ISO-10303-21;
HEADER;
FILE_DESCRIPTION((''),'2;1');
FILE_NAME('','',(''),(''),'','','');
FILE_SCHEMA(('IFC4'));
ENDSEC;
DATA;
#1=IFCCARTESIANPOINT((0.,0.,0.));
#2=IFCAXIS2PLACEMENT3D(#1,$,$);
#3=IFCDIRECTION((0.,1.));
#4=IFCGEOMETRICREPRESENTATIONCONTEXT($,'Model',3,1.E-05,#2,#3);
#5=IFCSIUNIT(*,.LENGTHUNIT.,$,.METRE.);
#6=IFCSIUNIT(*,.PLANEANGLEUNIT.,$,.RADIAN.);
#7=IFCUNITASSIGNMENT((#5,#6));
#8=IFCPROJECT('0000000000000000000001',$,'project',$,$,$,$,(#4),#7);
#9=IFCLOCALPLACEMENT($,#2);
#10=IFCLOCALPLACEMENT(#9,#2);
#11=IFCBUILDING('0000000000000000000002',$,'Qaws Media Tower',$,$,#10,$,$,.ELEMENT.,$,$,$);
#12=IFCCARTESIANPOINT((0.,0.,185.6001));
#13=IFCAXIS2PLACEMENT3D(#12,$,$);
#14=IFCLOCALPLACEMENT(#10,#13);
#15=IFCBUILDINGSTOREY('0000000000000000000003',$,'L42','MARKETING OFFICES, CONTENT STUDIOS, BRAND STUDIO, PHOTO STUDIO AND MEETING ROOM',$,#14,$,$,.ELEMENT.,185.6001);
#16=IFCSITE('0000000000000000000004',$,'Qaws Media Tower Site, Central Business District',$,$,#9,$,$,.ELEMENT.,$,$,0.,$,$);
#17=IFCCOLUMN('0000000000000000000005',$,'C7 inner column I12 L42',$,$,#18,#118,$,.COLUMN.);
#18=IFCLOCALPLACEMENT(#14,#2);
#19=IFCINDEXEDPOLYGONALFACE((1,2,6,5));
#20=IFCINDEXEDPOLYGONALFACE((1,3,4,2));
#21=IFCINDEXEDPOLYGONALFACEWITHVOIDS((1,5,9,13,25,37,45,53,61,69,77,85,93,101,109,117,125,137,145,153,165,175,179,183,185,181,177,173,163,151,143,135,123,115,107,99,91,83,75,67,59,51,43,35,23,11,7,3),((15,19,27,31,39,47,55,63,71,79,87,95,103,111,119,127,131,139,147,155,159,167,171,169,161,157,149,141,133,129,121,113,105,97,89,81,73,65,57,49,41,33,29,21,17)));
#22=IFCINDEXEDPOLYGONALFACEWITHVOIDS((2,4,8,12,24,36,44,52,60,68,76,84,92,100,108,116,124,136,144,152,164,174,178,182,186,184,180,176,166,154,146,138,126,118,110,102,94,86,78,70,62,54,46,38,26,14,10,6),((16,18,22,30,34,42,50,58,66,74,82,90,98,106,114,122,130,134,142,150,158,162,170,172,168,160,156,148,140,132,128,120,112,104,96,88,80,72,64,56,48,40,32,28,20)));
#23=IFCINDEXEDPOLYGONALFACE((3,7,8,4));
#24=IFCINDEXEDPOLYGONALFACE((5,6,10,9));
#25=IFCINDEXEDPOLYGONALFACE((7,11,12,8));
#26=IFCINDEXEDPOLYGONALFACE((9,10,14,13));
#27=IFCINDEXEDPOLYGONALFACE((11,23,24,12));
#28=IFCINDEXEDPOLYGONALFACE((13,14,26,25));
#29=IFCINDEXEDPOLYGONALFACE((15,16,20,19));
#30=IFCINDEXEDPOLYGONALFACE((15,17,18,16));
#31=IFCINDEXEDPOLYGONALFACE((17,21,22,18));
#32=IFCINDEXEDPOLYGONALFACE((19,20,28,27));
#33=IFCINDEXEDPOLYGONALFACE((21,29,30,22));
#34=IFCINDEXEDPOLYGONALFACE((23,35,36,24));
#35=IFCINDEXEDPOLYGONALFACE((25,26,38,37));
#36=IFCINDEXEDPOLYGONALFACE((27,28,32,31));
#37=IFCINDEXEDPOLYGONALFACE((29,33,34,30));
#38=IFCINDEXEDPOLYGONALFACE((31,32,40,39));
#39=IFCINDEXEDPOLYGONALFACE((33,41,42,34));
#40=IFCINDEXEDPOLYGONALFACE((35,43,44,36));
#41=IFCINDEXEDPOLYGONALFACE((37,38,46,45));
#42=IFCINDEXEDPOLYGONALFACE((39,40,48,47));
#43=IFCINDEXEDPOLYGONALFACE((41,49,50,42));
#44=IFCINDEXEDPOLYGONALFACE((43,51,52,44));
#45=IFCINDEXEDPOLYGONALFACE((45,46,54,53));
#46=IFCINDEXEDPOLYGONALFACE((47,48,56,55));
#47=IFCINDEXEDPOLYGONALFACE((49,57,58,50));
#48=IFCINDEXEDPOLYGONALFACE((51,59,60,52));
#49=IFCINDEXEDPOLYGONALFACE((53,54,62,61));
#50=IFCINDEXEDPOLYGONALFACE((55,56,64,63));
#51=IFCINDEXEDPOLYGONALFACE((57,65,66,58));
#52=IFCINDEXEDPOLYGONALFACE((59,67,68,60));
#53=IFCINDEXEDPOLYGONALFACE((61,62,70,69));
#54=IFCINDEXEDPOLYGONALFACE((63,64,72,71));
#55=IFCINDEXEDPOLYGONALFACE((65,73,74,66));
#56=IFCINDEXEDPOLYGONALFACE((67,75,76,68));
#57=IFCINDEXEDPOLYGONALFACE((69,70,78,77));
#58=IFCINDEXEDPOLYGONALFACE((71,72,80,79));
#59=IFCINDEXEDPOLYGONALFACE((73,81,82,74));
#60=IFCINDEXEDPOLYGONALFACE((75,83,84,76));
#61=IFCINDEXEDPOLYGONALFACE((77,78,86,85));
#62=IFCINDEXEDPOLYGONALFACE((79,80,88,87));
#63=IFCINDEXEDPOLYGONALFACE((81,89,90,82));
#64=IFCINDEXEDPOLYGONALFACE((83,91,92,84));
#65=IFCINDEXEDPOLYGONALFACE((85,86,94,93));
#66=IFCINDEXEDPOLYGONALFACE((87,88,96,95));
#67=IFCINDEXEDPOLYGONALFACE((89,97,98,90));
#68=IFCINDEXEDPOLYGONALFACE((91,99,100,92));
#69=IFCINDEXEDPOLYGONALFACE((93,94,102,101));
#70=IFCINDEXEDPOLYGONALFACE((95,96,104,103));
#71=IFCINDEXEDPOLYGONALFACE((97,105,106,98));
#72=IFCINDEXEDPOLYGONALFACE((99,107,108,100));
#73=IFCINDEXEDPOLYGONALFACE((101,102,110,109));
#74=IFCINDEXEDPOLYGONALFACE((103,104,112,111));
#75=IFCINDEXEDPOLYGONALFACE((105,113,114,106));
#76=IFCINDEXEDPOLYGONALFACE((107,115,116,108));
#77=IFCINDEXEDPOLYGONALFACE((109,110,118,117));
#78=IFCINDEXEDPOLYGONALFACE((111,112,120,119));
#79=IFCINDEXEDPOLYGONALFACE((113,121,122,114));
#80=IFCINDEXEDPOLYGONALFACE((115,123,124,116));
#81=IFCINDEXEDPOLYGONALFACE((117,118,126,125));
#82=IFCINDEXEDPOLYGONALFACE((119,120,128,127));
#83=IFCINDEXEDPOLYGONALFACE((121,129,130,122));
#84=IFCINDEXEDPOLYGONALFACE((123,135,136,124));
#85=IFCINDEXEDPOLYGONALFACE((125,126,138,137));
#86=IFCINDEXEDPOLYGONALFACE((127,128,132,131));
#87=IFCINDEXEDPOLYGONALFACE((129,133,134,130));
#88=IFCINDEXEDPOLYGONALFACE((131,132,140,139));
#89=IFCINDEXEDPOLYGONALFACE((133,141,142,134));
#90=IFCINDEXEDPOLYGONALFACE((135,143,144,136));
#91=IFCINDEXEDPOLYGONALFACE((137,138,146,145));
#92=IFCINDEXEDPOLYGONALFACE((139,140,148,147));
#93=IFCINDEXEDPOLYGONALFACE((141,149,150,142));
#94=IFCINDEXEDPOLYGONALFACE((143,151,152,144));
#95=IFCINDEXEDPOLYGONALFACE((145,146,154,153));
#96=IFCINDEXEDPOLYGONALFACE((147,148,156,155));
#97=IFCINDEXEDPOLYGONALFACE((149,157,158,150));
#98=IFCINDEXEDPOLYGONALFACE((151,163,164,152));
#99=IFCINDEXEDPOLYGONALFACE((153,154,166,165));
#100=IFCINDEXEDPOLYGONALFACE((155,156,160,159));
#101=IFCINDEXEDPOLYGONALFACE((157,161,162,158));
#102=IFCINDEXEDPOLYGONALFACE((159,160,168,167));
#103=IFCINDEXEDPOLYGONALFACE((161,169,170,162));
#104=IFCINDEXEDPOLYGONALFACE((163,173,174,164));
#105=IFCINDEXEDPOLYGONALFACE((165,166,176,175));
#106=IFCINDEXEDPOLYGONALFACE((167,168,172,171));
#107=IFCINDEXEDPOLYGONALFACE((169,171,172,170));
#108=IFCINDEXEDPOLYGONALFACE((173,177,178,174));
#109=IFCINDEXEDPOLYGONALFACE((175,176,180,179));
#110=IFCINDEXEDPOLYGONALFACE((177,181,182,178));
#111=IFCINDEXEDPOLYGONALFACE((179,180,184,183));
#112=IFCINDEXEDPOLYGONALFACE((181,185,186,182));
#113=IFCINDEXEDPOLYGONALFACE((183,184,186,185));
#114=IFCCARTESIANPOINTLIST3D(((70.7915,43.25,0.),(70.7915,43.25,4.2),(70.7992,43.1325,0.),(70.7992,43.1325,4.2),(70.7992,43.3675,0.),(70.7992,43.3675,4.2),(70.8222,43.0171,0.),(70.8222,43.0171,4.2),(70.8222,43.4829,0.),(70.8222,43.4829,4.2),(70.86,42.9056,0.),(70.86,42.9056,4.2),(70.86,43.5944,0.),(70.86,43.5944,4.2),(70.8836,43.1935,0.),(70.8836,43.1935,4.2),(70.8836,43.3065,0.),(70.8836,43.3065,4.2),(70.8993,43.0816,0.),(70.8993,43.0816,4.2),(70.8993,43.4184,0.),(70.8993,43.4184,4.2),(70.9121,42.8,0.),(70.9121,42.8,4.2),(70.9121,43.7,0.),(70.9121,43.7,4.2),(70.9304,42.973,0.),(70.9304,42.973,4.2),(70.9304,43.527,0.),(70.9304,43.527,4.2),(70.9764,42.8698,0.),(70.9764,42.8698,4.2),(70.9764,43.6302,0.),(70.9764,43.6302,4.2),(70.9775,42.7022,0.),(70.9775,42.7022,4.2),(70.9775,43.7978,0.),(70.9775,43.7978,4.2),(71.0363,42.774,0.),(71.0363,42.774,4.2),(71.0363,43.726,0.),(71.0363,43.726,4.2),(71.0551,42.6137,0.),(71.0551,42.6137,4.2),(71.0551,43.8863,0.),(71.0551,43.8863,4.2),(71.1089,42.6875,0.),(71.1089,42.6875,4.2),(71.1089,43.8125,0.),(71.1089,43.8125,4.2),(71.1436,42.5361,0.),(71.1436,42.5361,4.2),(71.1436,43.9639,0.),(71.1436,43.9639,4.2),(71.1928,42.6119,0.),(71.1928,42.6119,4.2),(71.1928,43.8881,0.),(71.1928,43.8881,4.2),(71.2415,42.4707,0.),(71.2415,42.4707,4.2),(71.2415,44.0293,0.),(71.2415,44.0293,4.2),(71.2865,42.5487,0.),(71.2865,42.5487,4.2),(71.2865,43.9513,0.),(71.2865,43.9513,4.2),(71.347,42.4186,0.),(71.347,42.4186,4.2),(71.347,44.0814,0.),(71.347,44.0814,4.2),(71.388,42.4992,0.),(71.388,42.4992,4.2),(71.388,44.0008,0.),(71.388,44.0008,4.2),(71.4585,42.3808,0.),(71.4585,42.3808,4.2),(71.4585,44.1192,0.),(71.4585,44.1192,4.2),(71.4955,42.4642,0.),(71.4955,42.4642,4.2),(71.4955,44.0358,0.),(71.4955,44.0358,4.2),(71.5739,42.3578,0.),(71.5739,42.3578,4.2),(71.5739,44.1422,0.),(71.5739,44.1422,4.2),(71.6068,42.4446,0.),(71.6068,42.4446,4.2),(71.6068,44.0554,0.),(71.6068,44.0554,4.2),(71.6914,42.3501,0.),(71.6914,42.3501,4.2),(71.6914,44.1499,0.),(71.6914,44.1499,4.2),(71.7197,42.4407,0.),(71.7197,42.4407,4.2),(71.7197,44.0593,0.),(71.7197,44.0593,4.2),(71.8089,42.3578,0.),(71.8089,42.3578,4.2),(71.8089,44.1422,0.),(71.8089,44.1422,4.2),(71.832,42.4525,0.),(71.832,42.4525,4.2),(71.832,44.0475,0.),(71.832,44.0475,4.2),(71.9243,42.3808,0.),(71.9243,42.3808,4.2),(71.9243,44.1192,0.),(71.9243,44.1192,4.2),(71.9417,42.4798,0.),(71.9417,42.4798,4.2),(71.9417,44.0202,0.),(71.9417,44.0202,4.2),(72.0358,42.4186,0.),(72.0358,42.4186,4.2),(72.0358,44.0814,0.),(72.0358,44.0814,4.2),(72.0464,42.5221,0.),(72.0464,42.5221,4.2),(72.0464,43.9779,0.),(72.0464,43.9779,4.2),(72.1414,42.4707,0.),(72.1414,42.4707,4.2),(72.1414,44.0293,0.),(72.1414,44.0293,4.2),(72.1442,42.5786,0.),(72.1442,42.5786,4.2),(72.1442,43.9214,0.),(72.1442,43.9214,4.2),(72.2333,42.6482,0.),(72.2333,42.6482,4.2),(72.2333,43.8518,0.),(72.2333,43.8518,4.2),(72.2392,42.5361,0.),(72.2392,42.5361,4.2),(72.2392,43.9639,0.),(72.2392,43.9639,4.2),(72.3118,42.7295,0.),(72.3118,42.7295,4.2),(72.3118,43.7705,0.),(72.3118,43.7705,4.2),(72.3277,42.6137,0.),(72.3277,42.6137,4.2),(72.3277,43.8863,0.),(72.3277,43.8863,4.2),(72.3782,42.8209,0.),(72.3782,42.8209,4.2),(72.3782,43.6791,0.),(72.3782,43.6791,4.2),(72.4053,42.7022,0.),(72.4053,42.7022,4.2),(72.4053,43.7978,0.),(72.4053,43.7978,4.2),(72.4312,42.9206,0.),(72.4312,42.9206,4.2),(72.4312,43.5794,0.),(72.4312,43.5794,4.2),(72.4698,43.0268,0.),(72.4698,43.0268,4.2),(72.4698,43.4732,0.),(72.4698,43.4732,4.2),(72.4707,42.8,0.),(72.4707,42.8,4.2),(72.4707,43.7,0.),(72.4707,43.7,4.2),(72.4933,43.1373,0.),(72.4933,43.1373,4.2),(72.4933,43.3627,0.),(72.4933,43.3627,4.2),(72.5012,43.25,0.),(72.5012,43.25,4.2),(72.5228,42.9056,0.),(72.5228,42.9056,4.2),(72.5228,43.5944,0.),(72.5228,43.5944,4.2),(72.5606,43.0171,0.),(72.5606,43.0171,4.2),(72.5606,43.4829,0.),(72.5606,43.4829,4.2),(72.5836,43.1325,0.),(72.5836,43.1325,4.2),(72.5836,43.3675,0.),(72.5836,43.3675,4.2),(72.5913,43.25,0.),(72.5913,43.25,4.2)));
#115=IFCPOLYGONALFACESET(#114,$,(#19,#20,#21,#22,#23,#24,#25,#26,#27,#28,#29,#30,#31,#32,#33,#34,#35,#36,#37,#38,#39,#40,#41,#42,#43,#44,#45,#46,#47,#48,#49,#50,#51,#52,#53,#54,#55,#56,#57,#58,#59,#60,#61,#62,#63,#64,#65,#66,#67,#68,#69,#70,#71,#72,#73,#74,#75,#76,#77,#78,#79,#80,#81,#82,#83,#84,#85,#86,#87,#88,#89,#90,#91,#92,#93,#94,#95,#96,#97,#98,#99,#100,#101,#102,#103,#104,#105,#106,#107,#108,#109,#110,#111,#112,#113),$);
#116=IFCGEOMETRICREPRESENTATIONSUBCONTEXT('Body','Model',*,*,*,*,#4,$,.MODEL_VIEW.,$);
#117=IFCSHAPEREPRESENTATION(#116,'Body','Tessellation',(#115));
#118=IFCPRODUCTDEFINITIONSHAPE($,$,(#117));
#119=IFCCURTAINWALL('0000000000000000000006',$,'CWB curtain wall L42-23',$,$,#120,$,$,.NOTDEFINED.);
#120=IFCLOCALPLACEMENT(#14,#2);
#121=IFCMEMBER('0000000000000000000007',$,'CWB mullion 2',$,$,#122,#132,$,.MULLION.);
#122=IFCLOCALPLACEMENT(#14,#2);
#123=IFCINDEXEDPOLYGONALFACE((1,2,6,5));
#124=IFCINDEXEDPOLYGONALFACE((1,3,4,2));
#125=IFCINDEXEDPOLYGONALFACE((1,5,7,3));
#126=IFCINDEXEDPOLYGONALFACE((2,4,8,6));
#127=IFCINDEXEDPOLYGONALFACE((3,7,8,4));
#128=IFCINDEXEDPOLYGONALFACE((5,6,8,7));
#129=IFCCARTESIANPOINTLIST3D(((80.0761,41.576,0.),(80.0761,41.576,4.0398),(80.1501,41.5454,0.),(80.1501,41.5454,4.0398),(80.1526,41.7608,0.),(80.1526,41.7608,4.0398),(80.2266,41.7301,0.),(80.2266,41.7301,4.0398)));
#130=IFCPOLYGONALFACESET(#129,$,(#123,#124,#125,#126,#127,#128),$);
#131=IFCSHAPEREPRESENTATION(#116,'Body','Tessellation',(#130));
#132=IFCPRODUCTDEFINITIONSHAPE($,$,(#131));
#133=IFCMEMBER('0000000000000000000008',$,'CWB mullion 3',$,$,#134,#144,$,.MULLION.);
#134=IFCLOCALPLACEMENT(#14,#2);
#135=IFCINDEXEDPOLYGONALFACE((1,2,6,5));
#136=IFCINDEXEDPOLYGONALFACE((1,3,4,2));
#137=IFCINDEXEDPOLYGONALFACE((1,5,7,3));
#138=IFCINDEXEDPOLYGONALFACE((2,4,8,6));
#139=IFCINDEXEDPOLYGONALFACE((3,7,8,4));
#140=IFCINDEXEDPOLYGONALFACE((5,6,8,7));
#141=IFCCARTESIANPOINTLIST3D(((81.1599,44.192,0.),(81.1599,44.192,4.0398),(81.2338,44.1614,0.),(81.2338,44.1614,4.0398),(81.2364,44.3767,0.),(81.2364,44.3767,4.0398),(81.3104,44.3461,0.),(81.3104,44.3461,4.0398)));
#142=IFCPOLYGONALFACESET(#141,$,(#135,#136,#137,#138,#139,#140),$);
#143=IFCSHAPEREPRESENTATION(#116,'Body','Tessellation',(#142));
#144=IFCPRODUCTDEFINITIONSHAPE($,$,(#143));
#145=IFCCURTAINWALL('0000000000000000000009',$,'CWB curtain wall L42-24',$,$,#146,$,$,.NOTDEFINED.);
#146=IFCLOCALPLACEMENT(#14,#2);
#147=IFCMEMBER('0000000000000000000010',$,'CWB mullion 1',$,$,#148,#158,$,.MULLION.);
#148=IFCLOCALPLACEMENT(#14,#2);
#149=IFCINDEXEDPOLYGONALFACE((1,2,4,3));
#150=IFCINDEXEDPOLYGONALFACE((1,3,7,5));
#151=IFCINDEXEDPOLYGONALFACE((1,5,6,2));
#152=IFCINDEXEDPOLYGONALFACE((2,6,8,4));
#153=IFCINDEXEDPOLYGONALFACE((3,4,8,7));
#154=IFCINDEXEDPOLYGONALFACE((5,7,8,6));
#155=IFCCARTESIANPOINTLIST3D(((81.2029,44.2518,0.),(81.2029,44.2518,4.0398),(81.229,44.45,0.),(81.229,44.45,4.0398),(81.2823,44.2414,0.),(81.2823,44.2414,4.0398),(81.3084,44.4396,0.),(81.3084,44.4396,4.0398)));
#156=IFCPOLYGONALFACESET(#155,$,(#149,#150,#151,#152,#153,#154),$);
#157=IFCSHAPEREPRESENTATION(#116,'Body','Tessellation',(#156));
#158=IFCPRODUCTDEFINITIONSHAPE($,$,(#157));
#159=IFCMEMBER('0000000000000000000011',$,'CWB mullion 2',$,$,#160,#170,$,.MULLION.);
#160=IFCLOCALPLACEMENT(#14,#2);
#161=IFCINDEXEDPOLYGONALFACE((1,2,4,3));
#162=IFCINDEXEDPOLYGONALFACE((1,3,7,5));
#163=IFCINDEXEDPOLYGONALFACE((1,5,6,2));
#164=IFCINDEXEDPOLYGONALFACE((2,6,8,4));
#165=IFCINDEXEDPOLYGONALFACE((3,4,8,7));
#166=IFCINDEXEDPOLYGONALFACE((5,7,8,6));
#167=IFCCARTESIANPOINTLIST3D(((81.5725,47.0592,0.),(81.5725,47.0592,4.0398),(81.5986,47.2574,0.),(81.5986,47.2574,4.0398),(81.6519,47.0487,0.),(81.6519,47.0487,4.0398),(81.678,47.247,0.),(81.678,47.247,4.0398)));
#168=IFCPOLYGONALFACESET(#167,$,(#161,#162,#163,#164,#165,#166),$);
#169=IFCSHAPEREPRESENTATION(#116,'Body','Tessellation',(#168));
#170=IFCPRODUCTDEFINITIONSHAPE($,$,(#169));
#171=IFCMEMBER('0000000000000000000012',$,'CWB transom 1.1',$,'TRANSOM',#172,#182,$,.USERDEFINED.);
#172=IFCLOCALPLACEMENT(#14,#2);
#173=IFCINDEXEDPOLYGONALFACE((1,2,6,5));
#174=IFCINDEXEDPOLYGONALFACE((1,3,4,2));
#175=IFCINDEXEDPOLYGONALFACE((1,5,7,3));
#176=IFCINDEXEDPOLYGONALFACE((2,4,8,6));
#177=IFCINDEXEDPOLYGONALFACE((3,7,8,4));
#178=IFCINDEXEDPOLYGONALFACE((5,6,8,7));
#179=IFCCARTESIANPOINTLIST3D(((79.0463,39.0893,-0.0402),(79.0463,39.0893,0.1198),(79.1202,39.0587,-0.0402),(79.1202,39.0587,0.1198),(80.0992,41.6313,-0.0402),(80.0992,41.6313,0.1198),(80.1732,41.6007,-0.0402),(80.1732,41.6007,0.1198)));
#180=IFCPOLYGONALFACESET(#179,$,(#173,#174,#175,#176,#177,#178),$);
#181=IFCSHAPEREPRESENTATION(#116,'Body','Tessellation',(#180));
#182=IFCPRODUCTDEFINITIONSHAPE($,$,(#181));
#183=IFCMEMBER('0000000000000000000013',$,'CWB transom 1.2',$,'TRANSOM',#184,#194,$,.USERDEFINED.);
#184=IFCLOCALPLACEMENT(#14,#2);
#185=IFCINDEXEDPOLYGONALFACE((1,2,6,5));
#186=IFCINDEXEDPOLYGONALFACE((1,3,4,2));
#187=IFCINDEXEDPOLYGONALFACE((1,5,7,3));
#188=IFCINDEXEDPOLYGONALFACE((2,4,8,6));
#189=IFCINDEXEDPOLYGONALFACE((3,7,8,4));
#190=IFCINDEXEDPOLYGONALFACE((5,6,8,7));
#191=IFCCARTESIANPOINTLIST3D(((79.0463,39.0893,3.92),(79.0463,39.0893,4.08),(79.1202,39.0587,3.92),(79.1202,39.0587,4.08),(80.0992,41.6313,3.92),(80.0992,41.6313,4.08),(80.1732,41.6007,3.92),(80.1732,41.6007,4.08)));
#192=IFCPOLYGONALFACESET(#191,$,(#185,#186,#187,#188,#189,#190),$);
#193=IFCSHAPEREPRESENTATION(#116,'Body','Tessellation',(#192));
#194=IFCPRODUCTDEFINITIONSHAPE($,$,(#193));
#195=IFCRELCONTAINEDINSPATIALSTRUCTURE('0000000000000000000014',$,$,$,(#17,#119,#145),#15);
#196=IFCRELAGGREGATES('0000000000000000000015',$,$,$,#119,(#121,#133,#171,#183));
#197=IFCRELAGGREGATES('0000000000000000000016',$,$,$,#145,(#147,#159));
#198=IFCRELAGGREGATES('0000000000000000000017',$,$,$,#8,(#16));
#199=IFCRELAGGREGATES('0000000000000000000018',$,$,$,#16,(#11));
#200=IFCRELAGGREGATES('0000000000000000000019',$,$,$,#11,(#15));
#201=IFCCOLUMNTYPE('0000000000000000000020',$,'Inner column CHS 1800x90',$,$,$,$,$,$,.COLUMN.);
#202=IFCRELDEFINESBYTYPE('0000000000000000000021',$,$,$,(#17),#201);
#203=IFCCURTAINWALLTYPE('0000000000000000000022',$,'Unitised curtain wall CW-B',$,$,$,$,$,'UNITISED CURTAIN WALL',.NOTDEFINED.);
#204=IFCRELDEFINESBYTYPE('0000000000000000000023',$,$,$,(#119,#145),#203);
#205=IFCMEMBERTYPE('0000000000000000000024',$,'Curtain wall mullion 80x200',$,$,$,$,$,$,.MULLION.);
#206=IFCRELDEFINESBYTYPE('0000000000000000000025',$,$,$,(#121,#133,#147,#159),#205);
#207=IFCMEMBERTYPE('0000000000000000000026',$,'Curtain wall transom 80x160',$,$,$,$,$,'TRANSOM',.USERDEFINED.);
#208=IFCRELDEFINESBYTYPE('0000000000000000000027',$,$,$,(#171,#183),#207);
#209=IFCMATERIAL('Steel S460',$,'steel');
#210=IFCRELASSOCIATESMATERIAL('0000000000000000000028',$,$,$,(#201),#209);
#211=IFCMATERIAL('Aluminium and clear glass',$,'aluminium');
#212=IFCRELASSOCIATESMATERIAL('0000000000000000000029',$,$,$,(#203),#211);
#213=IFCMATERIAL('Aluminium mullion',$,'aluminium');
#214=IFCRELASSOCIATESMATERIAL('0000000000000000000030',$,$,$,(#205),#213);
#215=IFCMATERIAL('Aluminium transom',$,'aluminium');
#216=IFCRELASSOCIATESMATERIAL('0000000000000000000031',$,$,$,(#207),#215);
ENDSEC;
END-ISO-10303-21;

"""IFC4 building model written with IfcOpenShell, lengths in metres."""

from ifc_helpers import new_model, si_unit, direction, frame, origin, origin_2d, place, context, subcontext, project, spatial, rectangle, hollow_circle, extrude, material, material_profile, profile_set, type_object, element, aggregate, save


model = new_model("IFC4")

# Units and contexts
model_context = context("Model", 3, precision=1e-05, world=origin(), true_north=direction((0.0, 1.0)))
body_context = subcontext(model_context, "Body", "Model", "MODEL_VIEW")
ifc_project = project(units=[si_unit("LENGTHUNIT", "METRE"), si_unit("PLANEANGLEUNIT", "RADIAN")], contexts=[model_context])

# Site, building, storey
site_placement = place(None, origin())
site = spatial("IfcSite", under=ifc_project, at=site_placement, Name="Qaws Media Tower Site, Central Business District", CompositionType="ELEMENT", RefElevation=0.0)
building_placement = place(site_placement, origin())
building = spatial("IfcBuilding", under=site, at=building_placement, Name="Qaws Media Tower", CompositionType="ELEMENT")
storey_placement = place(building_placement, frame((0.0, 0.0, 185.6001)))
storey = spatial("IfcBuildingStorey", under=building, at=storey_placement, Name="L42", Description="MARKETING OFFICES, CONTENT STUDIOS, BRAND STUDIO, PHOTO STUDIO AND MEETING ROOM", CompositionType="ELEMENT", Elevation=185.6001)

# Column
ifc_material_1 = material(Name="Steel S460", Category="steel")
ifc_material_profile_1 = material_profile(ifc_material_1, hollow_circle(Radius=0.8999, WallThickness=0.0901, at=origin_2d()), Name="CHS 1800x90")
ifc_profile_set_1 = profile_set([ifc_material_profile_1], Name="Steel S460")
column_type = type_object("IfcColumnType", Name="Inner column CHS 1800x90", PredefinedType="COLUMN", material=ifc_profile_set_1)
column_placement = place(storey_placement, frame((71.6914, 43.25, 0.0), z_axis=(0.0, 0.0, 1.0), x_axis=(1.0, 0.0, 0.0)))
element("IfcColumn", 1, at=column_placement, inside=storey, type_object=column_type, Name="C7 inner column I12 L42", PredefinedType="COLUMN", context=body_context, shape_type="SweptSolid", body=[
    extrude(hollow_circle(Radius=0.8999, WallThickness=0.0901, at=origin_2d()), origin(), (0.0, 0.0, 1.0), 4.2),
])

# Curtain walls, members
ifc_material_2 = material(Name="Aluminium and clear glass", Category="aluminium")
curtain_wall_type = type_object("IfcCurtainWallType", Name="Unitised curtain wall CW-B", ElementType="UNITISED CURTAIN WALL", PredefinedType="NOTDEFINED", material=ifc_material_2)
curtain_wall_1_placement = place(storey_placement, origin())
curtain_wall_1 = element("IfcCurtainWall", 2, at=curtain_wall_1_placement, inside=storey, type_object=curtain_wall_type, Name="CWB curtain wall L42-23", PredefinedType="NOTDEFINED")
ifc_material_3 = material(Name="Aluminium mullion", Category="aluminium")
ifc_material_profile_2 = material_profile(ifc_material_3, rectangle(XDim=0.0801, YDim=0.2, at=origin_2d()), Name="80x200")
ifc_profile_set_2 = profile_set([ifc_material_profile_2], Name="Aluminium mullion")
member_type_1 = type_object("IfcMemberType", Name="Curtain wall mullion 80x200", PredefinedType="MULLION", material=ifc_profile_set_2)
member_1_placement = place(storey_placement, frame((80.1514, 41.6531, 0.0), z_axis=(0.0, 0.0, 1.0), x_axis=(-0.92388, 0.382683, 0.0)))
member_1 = element("IfcMember", 3, at=member_1_placement, type_object=member_type_1, Name="CWB mullion 2", PredefinedType="MULLION", context=body_context, shape_type="SweptSolid", body=[
    extrude(rectangle(XDim=0.0801, YDim=0.2, at=origin_2d()), origin(), (0.0, 0.0, 1.0), 4.0398),
])
member_2_placement = place(storey_placement, frame((81.2351, 44.269, 0.0), z_axis=(0.0, 0.0, 1.0), x_axis=(-0.92388, 0.382683, 0.0)))
member_2 = element("IfcMember", 4, at=member_2_placement, type_object=member_type_1, Name="CWB mullion 3", PredefinedType="MULLION", context=body_context, shape_type="SweptSolid", body=[
    extrude(rectangle(XDim=0.0801, YDim=0.2, at=origin_2d()), origin(), (0.0, 0.0, 1.0), 4.0398),
])
curtain_wall_2_placement = place(storey_placement, origin())
curtain_wall_2 = element("IfcCurtainWall", 5, at=curtain_wall_2_placement, inside=storey, type_object=curtain_wall_type, Name="CWB curtain wall L42-24", PredefinedType="NOTDEFINED")
member_3_placement = place(storey_placement, frame((81.2556, 44.3457, 0.0), z_axis=(0.0, 0.0, 1.0), x_axis=(-0.991445, 0.130526, 0.0)))
member_3 = element("IfcMember", 6, at=member_3_placement, type_object=member_type_1, Name="CWB mullion 1", PredefinedType="MULLION", context=body_context, shape_type="SweptSolid", body=[
    extrude(rectangle(XDim=0.0801, YDim=0.2, at=origin_2d()), origin(), (0.0, 0.0, 1.0), 4.0398),
])
member_4_placement = place(storey_placement, frame((81.6252, 47.1531, 0.0), z_axis=(0.0, 0.0, 1.0), x_axis=(-0.991445, 0.130526, 0.0)))
member_4 = element("IfcMember", 7, at=member_4_placement, type_object=member_type_1, Name="CWB mullion 2", PredefinedType="MULLION", context=body_context, shape_type="SweptSolid", body=[
    extrude(rectangle(XDim=0.0801, YDim=0.2, at=origin_2d()), origin(), (0.0, 0.0, 1.0), 4.0398),
])

# Members
ifc_material_4 = material(Name="Aluminium transom", Category="aluminium")
ifc_material_profile_3 = material_profile(ifc_material_4, rectangle(XDim=0.0801, YDim=0.1599, at=origin_2d()), Name="80x160")
ifc_profile_set_3 = profile_set([ifc_material_profile_3], Name="Aluminium transom")
member_type_2 = type_object("IfcMemberType", Name="Curtain wall transom 80x160", ElementType="TRANSOM", PredefinedType="USERDEFINED", material=ifc_profile_set_3)
member_5_placement = place(storey_placement, frame((79.0833, 39.074, 0.0398), z_axis=(0.382699, 0.923873, 0.0), x_axis=(-0.923873, 0.382699, 0.0)))
member_5 = element("IfcMember", 8, at=member_5_placement, type_object=member_type_2, Name="CWB transom 1.1", ObjectType="TRANSOM", PredefinedType="USERDEFINED", context=body_context, shape_type="SweptSolid", body=[
    extrude(rectangle(XDim=0.0801, YDim=0.1599, at=origin_2d()), origin(), (0.0, 0.0, 1.0), 2.7515),
])
member_6_placement = place(storey_placement, frame((79.0833, 39.074, 4.0), z_axis=(0.382699, 0.923873, 0.0), x_axis=(-0.923873, 0.382699, 0.0)))
member_6 = element("IfcMember", 9, at=member_6_placement, type_object=member_type_2, Name="CWB transom 1.2", ObjectType="TRANSOM", PredefinedType="USERDEFINED", context=body_context, shape_type="SweptSolid", body=[
    extrude(rectangle(XDim=0.0801, YDim=0.1599, at=origin_2d()), origin(), (0.0, 0.0, 1.0), 2.7515),
])

aggregate(curtain_wall_1, [member_1, member_2, member_5, member_6])
aggregate(curtain_wall_2, [member_3, member_4])

save(model, "model.ifc")
